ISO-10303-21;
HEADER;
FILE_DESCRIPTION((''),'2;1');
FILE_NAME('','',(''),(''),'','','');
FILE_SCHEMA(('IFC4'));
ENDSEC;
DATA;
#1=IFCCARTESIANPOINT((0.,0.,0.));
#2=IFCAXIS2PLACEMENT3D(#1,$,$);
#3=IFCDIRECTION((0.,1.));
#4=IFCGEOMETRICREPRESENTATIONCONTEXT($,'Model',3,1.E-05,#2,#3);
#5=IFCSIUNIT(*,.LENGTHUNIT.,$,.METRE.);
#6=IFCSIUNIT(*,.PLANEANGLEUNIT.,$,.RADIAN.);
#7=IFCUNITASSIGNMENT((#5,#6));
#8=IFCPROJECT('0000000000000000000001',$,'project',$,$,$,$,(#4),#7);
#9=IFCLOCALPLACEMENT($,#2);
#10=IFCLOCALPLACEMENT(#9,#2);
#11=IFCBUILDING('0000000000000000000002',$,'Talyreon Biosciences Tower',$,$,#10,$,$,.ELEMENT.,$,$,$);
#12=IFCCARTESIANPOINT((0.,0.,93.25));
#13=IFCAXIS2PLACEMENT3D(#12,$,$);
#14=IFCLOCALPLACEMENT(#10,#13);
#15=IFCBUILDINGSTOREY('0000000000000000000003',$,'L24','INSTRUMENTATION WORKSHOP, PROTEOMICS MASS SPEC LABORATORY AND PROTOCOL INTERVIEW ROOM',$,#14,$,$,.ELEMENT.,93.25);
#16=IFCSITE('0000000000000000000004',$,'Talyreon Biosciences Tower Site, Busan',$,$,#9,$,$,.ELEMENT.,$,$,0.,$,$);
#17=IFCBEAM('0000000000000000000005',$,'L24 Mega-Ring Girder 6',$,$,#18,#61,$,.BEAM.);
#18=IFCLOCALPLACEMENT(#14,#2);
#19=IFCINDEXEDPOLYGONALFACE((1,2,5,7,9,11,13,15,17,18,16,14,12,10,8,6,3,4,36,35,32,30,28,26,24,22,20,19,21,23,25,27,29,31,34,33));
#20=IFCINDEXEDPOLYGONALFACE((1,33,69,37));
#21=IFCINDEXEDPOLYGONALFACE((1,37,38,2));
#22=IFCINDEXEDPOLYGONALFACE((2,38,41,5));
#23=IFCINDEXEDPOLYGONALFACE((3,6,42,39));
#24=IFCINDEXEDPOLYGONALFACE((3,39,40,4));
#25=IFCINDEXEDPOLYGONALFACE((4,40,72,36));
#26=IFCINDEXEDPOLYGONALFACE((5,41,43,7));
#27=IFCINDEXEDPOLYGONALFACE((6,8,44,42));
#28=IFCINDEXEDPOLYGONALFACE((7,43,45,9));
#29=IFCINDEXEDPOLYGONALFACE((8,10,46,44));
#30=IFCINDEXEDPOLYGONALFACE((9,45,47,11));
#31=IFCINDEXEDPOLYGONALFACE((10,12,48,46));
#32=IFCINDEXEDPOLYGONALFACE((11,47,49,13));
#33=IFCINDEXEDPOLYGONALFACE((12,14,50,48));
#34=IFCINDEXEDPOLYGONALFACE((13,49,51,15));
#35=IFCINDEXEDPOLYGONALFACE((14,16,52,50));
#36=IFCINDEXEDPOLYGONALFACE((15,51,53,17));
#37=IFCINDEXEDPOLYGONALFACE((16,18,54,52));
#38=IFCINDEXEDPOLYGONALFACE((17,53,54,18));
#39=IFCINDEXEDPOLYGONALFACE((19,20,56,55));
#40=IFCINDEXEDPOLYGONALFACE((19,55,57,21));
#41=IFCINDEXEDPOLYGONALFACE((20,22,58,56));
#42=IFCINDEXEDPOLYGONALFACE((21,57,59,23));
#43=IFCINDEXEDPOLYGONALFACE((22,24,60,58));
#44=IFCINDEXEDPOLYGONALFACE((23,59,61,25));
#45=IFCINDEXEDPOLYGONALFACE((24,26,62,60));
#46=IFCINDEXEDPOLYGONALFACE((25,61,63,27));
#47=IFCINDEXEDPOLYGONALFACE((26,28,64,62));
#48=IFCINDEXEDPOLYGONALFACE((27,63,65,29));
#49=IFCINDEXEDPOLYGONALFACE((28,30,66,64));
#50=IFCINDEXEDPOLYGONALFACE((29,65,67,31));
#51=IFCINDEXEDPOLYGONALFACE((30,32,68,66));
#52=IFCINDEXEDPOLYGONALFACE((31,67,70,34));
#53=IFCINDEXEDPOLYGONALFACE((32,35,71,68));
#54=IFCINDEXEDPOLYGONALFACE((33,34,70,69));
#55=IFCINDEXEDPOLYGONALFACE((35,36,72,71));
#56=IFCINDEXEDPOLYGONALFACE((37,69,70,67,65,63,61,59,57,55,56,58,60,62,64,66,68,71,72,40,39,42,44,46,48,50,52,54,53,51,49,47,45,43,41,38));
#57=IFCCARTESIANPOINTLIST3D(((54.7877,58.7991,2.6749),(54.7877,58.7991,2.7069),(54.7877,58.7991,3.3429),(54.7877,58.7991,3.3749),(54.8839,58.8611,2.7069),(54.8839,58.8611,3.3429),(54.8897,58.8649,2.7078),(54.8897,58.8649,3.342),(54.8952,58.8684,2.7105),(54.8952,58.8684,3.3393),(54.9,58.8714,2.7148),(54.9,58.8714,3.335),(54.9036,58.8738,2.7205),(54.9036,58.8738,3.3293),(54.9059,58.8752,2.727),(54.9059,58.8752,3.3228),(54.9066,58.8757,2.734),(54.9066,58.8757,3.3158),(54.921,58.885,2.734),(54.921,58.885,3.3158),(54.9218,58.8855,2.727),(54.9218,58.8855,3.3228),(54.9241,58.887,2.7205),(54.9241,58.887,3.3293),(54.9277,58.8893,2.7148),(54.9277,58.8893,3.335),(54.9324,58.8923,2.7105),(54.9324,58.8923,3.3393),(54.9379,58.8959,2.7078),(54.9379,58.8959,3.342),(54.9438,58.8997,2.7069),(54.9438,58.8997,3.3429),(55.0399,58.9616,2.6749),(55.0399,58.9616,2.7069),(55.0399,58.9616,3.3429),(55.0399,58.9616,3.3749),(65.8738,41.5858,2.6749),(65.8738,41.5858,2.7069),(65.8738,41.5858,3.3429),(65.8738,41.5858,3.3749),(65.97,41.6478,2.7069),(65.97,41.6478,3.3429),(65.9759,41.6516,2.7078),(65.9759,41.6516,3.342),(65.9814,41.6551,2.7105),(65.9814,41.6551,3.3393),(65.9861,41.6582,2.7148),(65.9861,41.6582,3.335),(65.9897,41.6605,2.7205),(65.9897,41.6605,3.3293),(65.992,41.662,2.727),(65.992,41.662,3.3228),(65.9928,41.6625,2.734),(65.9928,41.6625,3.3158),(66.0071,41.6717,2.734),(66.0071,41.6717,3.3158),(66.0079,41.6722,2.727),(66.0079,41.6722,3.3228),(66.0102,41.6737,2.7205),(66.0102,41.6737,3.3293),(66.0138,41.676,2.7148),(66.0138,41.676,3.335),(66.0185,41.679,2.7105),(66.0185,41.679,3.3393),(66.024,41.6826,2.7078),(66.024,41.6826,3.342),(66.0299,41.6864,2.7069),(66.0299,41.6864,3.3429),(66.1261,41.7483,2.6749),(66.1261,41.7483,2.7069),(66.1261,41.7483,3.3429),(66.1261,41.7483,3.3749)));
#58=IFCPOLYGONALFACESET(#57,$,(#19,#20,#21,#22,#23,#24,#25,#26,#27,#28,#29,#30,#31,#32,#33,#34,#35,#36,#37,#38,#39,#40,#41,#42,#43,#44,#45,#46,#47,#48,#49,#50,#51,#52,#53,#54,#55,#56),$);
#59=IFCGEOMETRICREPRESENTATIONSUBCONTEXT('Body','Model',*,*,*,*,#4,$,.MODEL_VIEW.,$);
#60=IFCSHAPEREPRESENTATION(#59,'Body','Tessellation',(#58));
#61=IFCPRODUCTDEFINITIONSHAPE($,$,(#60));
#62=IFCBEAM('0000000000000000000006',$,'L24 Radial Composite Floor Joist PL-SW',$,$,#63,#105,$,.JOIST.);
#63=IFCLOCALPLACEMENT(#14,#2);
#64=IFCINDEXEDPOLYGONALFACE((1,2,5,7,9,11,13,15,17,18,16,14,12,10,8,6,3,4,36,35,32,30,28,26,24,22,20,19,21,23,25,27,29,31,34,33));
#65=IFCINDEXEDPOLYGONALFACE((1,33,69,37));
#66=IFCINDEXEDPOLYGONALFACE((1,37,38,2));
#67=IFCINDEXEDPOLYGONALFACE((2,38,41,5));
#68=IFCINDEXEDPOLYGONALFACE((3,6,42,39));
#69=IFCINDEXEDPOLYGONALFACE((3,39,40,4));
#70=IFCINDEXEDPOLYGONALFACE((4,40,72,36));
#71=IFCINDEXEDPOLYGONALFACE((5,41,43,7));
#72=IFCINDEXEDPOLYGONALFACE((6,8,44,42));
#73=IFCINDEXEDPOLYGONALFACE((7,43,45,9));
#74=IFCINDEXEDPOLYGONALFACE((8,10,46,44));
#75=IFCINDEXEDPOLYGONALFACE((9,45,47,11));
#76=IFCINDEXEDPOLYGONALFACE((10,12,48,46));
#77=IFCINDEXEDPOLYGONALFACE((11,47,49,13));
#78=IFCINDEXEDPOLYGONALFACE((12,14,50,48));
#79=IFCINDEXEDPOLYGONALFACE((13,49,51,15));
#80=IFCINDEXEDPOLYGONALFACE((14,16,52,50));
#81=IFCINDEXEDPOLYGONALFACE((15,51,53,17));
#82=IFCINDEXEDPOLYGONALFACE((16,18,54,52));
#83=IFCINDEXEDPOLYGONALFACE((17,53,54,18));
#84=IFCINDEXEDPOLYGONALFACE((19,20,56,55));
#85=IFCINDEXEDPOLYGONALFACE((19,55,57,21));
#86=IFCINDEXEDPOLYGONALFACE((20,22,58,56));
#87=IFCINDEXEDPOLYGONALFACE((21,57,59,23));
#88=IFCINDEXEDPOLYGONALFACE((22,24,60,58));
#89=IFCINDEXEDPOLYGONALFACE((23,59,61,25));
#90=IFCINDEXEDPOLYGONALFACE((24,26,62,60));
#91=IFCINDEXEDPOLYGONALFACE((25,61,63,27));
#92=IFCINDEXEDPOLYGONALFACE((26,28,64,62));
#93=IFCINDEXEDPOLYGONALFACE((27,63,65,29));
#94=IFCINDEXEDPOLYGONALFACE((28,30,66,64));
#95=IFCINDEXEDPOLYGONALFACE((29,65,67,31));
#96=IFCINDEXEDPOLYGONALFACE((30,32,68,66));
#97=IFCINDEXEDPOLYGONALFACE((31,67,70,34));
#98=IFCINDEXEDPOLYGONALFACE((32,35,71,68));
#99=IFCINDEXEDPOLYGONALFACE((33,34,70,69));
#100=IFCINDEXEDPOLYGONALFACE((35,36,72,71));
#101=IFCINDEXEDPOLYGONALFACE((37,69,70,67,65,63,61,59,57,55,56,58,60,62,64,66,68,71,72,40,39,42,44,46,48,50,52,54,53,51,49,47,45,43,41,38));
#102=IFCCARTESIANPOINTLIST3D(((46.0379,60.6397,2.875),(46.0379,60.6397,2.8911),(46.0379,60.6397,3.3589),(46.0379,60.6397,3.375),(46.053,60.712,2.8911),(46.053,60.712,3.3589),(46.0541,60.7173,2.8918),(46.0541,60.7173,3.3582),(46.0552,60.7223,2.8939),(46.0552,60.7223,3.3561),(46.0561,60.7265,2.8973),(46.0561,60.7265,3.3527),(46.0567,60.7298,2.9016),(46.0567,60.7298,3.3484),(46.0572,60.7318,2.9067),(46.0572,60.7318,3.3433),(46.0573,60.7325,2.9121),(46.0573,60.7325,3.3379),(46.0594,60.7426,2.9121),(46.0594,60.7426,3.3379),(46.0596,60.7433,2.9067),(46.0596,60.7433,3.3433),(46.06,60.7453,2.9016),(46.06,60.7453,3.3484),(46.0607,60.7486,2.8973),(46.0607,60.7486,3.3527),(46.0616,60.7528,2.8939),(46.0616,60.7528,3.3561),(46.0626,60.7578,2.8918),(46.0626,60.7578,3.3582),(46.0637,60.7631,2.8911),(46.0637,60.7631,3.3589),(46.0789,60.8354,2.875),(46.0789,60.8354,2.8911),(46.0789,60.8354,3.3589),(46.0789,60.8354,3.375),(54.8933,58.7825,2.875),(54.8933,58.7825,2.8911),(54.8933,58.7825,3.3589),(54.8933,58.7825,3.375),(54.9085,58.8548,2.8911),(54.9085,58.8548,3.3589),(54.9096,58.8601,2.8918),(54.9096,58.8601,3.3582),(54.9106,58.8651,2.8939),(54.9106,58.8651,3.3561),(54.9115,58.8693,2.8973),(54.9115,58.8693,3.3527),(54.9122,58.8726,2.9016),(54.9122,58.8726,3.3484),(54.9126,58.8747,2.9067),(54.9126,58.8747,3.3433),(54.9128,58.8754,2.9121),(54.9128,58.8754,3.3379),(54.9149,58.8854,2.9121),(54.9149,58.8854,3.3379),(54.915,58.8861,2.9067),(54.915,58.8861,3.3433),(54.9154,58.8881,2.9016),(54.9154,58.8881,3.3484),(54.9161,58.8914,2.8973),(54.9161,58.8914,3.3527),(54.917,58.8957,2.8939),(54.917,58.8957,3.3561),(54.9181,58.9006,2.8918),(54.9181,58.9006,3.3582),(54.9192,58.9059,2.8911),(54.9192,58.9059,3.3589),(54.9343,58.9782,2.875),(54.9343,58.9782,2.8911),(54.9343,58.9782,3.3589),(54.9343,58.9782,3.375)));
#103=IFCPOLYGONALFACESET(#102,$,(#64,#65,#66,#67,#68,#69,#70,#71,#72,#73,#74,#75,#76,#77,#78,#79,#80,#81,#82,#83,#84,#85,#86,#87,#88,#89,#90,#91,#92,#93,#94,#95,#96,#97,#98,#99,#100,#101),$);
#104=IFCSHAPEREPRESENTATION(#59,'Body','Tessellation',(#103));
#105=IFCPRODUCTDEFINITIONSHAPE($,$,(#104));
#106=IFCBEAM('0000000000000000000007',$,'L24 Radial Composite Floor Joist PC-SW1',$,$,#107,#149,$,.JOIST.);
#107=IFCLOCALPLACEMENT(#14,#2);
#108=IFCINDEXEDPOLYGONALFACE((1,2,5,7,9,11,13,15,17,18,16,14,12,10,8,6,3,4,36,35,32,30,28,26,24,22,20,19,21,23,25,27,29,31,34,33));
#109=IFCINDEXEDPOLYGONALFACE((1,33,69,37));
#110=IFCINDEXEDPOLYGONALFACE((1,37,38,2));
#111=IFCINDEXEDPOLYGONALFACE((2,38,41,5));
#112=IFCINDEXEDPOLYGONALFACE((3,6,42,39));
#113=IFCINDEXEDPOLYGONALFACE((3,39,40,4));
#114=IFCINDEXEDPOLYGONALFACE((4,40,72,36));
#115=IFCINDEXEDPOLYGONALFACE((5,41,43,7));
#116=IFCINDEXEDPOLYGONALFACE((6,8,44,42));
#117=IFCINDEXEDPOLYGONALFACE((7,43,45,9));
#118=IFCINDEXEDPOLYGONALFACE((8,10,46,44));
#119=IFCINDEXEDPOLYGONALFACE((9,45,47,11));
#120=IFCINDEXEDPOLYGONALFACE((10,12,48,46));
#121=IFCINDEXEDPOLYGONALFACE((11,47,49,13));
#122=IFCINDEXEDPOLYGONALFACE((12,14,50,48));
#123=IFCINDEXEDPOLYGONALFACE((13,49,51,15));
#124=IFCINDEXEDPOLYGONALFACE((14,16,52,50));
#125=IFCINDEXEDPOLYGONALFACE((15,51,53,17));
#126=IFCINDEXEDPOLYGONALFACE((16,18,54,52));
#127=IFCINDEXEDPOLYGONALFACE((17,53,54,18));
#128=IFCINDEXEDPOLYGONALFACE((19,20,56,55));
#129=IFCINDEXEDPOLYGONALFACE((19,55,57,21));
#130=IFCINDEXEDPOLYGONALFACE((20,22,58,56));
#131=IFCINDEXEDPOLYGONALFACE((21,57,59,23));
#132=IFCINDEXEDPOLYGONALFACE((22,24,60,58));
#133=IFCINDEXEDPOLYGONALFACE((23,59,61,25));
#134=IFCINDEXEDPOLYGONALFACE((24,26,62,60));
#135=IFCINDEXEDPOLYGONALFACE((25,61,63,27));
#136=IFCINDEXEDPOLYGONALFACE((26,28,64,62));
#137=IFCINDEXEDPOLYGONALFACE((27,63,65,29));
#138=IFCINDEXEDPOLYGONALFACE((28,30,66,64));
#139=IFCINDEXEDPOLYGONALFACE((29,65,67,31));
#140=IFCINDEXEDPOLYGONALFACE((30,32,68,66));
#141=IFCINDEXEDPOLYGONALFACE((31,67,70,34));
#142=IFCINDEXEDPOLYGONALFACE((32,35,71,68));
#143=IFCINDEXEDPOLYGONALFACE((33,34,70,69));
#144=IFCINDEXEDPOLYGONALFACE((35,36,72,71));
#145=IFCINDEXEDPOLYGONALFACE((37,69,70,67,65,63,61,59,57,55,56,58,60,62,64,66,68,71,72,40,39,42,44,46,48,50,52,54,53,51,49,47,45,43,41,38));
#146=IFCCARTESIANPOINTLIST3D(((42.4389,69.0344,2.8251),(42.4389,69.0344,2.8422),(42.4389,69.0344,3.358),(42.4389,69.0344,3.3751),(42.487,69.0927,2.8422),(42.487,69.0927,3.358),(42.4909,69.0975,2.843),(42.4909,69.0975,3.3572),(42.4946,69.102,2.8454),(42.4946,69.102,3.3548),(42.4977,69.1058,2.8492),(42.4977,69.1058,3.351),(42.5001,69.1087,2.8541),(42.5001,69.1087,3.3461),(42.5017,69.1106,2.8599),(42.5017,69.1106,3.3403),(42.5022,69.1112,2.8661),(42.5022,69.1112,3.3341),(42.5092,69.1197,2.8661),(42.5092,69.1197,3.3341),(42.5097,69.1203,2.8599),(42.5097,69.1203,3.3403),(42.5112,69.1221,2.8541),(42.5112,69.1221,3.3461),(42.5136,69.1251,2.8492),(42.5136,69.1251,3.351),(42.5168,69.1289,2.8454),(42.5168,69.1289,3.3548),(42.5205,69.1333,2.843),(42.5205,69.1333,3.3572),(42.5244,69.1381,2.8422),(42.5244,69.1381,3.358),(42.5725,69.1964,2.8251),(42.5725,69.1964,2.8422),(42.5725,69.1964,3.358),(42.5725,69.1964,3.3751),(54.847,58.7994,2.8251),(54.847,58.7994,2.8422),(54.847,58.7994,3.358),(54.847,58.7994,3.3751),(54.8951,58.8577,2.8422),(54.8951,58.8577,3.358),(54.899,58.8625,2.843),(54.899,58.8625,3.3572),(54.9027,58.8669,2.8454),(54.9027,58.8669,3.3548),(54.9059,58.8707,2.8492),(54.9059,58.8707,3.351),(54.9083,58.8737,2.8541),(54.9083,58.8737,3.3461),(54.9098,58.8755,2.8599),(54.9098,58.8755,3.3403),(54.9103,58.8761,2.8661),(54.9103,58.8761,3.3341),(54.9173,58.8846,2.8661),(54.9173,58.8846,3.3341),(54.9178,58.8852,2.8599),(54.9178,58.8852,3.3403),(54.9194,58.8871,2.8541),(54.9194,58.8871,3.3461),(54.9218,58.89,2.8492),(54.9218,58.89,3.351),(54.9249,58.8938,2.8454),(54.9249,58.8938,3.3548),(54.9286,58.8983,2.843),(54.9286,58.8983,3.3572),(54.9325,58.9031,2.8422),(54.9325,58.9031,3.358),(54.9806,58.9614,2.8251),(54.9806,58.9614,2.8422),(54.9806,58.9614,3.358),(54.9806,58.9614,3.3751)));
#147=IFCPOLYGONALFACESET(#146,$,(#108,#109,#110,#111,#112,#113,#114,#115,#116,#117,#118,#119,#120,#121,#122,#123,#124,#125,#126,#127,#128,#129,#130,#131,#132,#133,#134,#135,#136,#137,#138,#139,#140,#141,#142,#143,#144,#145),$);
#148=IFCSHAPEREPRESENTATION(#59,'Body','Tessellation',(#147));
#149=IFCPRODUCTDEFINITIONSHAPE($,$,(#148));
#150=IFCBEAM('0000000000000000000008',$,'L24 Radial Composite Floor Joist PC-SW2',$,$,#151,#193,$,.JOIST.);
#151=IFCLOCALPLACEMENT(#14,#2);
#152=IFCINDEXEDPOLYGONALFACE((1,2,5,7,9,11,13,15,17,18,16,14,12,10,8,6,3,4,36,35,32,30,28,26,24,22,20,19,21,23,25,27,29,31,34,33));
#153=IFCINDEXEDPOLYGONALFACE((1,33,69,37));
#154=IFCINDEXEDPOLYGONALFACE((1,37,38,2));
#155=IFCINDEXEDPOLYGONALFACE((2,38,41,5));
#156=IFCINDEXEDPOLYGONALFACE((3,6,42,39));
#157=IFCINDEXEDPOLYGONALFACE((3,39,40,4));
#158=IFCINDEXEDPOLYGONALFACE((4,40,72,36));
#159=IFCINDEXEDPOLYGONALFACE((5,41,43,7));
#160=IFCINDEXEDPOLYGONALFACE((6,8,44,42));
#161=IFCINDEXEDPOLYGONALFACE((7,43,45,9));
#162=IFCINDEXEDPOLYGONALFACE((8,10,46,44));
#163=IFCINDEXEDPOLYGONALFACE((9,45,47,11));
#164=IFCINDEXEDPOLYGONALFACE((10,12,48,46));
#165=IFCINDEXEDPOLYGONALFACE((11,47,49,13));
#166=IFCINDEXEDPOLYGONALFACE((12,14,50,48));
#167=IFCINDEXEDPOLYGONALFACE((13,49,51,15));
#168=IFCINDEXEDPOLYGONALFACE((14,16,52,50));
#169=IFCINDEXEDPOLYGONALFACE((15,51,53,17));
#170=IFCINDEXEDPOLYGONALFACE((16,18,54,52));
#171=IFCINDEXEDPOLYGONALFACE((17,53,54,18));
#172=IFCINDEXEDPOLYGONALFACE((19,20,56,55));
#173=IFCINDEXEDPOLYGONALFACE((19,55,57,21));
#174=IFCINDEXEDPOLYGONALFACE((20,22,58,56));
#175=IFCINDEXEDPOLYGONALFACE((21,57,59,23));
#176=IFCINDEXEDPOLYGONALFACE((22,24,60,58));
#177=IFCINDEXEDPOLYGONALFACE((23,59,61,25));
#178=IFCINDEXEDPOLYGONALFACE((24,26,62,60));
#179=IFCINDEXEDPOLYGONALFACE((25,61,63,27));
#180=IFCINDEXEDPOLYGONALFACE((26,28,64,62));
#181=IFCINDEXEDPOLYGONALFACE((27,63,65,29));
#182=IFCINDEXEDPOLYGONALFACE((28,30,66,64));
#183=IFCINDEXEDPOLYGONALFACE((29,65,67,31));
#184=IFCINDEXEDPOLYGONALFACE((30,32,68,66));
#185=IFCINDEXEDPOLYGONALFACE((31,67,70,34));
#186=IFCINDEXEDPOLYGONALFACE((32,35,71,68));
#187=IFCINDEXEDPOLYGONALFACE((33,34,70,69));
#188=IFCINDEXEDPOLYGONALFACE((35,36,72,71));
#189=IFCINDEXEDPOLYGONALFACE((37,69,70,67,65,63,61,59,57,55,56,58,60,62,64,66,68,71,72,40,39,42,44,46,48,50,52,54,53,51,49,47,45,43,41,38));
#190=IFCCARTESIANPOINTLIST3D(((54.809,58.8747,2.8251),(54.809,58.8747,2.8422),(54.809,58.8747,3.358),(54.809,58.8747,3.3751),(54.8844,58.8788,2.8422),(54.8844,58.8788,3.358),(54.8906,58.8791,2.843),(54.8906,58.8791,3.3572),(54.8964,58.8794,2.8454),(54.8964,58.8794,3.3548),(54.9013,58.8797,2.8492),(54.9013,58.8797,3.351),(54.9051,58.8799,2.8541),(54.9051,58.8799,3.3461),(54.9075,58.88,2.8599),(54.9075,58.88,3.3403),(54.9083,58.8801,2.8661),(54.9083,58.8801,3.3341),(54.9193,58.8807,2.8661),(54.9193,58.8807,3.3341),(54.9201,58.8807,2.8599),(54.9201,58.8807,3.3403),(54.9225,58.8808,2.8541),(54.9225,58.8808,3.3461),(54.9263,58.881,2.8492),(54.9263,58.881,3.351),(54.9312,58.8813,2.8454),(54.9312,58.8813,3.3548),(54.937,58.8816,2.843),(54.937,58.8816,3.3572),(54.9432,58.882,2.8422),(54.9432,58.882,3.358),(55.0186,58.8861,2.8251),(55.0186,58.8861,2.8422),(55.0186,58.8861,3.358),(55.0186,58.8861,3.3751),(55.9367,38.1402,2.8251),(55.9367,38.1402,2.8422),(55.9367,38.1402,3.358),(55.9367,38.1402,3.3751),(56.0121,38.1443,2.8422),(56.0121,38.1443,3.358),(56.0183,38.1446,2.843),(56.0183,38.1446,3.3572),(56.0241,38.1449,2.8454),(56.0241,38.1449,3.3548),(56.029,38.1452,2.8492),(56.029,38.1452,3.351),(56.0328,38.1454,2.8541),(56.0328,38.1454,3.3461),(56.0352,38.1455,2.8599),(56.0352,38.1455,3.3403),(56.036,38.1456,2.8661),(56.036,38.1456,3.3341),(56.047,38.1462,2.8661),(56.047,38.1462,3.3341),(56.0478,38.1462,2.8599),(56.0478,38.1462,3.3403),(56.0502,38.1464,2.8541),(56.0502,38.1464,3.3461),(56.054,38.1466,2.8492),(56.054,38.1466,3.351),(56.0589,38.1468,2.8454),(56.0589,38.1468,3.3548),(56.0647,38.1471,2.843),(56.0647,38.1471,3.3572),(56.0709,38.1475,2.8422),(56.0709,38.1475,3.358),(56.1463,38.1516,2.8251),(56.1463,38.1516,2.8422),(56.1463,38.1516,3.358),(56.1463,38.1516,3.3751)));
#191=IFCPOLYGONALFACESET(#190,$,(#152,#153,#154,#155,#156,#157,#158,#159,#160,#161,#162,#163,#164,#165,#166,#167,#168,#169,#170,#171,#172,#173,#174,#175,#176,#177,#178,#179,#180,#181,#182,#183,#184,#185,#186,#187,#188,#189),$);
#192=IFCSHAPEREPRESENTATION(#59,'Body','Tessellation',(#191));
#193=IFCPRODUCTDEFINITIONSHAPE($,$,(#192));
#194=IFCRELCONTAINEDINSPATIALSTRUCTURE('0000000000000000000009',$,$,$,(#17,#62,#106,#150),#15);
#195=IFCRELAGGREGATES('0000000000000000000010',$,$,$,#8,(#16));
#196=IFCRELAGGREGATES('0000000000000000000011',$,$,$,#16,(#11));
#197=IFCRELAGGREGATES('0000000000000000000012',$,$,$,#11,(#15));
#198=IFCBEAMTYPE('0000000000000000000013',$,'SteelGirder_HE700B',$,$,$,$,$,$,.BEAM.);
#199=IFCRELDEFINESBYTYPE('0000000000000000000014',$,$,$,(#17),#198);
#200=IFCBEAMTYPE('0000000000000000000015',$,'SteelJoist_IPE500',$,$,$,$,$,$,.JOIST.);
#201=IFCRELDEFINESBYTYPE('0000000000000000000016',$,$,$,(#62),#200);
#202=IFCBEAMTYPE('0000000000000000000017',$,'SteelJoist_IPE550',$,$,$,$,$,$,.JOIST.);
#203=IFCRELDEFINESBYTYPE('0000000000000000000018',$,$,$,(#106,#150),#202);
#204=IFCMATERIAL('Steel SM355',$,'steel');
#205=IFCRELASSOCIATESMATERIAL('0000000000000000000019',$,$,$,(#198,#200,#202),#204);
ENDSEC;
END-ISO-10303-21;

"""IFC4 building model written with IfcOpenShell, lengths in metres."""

from ifc_helpers import new_model, si_unit, direction, frame, origin, origin_2d, place, context, subcontext, project, spatial, i_section, extrude, material, material_profile, profile_set, type_object, element, save


model = new_model("IFC4")

# Units and contexts
model_context = context("Model", 3, precision=1e-05, world=origin(), true_north=direction((0.0, 1.0)))
body_context = subcontext(model_context, "Body", "Model", "MODEL_VIEW")
ifc_project = project(units=[si_unit("LENGTHUNIT", "METRE"), si_unit("PLANEANGLEUNIT", "RADIAN")], contexts=[model_context])

# Site, building, storey
site_placement = place(None, origin())
site = spatial("IfcSite", under=ifc_project, at=site_placement, Name="Talyreon Biosciences Tower Site, Busan", CompositionType="ELEMENT", RefElevation=0.0)
building_placement = place(site_placement, origin())
building = spatial("IfcBuilding", under=site, at=building_placement, Name="Talyreon Biosciences Tower", CompositionType="ELEMENT")
storey_placement = place(building_placement, frame((0.0, 0.0, 93.25)))
storey = spatial("IfcBuildingStorey", under=building, at=storey_placement, Name="L24", Description="INSTRUMENTATION WORKSHOP, PROTEOMICS MASS SPEC LABORATORY AND PROTOCOL INTERVIEW ROOM", CompositionType="ELEMENT", Elevation=93.25)

# Beams
ifc_material_1 = material(Name="Steel SM355", Category="steel")
ifc_material_profile_1 = material_profile(ifc_material_1, i_section(OverallWidth=0.3, OverallDepth=0.7, WebThickness=0.0171, FlangeThickness=0.032, FilletRadius=0.0271, at=origin_2d()), Name="HE700B")
ifc_profile_set_1 = profile_set([ifc_material_profile_1], Name="Steel SM355")
beam_type_1 = type_object("IfcBeamType", Name="SteelGirder_HE700B", PredefinedType="BEAM", material=ifc_profile_set_1)
beam_1_placement = place(storey_placement, frame((54.9138, 58.8804, 3.0249), z_axis=(0.541464, -0.840724, 0.0), x_axis=(0.840724, 0.541464, 0.0)))
element("IfcBeam", 1, at=beam_1_placement, inside=storey, type_object=beam_type_1, Name="L24 Mega-Ring Girder 6", PredefinedType="BEAM", context=body_context, shape_type="SweptSolid", body=[
    extrude(i_section(OverallWidth=0.3, OverallDepth=0.7, WebThickness=0.0171, FlangeThickness=0.032, FilletRadius=0.0271, at=origin_2d()), origin(), (0.0, 0.0, 1.0), 20.4744),
])
ifc_material_profile_2 = material_profile(ifc_material_1, i_section(OverallWidth=0.2, OverallDepth=0.5, WebThickness=0.0103, FlangeThickness=0.0161, FilletRadius=0.021, at=origin_2d()), Name="IPE500")
ifc_profile_set_2 = profile_set([ifc_material_profile_2], Name="Steel SM355")
beam_type_2 = type_object("IfcBeamType", Name="SteelJoist_IPE500", PredefinedType="JOIST", material=ifc_profile_set_2)
beam_2_placement = place(storey_placement, frame((54.9138, 58.8804, 3.125), z_axis=(-0.978708, 0.205256, 0.0), x_axis=(-0.205256, -0.978708, 0.0)))
element("IfcBeam", 2, at=beam_2_placement, inside=storey, type_object=beam_type_2, Name="L24 Radial Composite Floor Joist PL-SW", PredefinedType="JOIST", context=body_context, shape_type="SweptSolid", body=[
    extrude(i_section(OverallWidth=0.2, OverallDepth=0.5, WebThickness=0.0103, FlangeThickness=0.0161, FilletRadius=0.021, at=origin_2d()), origin(), (0.0, 0.0, 1.0), 9.0481),
])
ifc_material_profile_3 = material_profile(ifc_material_1, i_section(OverallWidth=0.21, OverallDepth=0.55, WebThickness=0.011, FlangeThickness=0.0171, FilletRadius=0.0239, at=origin_2d()), Name="IPE550")
ifc_profile_set_3 = profile_set([ifc_material_profile_3], Name="Steel SM355")
beam_type_3 = type_object("IfcBeamType", Name="SteelJoist_IPE550", PredefinedType="JOIST", material=ifc_profile_set_3)
beam_3_placement = place(storey_placement, frame((54.9138, 58.8804, 3.1001), z_axis=(-0.771424, 0.636322, 0.0), x_axis=(-0.636322, -0.771424, 0.0)))
element("IfcBeam", 3, at=beam_3_placement, inside=storey, type_object=beam_type_3, Name="L24 Radial Composite Floor Joist PC-SW1", PredefinedType="JOIST", context=body_context, shape_type="SweptSolid", body=[
    extrude(i_section(OverallWidth=0.21, OverallDepth=0.55, WebThickness=0.011, FlangeThickness=0.0171, FilletRadius=0.0239, at=origin_2d()), origin(), (0.0, 0.0, 1.0), 16.0847),
])
beam_4_placement = place(storey_placement, frame((54.9138, 58.8804, 3.1001), z_axis=(0.054307, -0.998524, 0.0), x_axis=(0.998524, 0.054307, 0.0)))
element("IfcBeam", 4, at=beam_4_placement, inside=storey, type_object=beam_type_3, Name="L24 Radial Composite Floor Joist PC-SW2", PredefinedType="JOIST", context=body_context, shape_type="SweptSolid", body=[
    extrude(i_section(OverallWidth=0.21, OverallDepth=0.55, WebThickness=0.011, FlangeThickness=0.0171, FilletRadius=0.0239, at=origin_2d()), origin(), (0.0, 0.0, 1.0), 20.7651),
])

save(model, "model.ifc")
